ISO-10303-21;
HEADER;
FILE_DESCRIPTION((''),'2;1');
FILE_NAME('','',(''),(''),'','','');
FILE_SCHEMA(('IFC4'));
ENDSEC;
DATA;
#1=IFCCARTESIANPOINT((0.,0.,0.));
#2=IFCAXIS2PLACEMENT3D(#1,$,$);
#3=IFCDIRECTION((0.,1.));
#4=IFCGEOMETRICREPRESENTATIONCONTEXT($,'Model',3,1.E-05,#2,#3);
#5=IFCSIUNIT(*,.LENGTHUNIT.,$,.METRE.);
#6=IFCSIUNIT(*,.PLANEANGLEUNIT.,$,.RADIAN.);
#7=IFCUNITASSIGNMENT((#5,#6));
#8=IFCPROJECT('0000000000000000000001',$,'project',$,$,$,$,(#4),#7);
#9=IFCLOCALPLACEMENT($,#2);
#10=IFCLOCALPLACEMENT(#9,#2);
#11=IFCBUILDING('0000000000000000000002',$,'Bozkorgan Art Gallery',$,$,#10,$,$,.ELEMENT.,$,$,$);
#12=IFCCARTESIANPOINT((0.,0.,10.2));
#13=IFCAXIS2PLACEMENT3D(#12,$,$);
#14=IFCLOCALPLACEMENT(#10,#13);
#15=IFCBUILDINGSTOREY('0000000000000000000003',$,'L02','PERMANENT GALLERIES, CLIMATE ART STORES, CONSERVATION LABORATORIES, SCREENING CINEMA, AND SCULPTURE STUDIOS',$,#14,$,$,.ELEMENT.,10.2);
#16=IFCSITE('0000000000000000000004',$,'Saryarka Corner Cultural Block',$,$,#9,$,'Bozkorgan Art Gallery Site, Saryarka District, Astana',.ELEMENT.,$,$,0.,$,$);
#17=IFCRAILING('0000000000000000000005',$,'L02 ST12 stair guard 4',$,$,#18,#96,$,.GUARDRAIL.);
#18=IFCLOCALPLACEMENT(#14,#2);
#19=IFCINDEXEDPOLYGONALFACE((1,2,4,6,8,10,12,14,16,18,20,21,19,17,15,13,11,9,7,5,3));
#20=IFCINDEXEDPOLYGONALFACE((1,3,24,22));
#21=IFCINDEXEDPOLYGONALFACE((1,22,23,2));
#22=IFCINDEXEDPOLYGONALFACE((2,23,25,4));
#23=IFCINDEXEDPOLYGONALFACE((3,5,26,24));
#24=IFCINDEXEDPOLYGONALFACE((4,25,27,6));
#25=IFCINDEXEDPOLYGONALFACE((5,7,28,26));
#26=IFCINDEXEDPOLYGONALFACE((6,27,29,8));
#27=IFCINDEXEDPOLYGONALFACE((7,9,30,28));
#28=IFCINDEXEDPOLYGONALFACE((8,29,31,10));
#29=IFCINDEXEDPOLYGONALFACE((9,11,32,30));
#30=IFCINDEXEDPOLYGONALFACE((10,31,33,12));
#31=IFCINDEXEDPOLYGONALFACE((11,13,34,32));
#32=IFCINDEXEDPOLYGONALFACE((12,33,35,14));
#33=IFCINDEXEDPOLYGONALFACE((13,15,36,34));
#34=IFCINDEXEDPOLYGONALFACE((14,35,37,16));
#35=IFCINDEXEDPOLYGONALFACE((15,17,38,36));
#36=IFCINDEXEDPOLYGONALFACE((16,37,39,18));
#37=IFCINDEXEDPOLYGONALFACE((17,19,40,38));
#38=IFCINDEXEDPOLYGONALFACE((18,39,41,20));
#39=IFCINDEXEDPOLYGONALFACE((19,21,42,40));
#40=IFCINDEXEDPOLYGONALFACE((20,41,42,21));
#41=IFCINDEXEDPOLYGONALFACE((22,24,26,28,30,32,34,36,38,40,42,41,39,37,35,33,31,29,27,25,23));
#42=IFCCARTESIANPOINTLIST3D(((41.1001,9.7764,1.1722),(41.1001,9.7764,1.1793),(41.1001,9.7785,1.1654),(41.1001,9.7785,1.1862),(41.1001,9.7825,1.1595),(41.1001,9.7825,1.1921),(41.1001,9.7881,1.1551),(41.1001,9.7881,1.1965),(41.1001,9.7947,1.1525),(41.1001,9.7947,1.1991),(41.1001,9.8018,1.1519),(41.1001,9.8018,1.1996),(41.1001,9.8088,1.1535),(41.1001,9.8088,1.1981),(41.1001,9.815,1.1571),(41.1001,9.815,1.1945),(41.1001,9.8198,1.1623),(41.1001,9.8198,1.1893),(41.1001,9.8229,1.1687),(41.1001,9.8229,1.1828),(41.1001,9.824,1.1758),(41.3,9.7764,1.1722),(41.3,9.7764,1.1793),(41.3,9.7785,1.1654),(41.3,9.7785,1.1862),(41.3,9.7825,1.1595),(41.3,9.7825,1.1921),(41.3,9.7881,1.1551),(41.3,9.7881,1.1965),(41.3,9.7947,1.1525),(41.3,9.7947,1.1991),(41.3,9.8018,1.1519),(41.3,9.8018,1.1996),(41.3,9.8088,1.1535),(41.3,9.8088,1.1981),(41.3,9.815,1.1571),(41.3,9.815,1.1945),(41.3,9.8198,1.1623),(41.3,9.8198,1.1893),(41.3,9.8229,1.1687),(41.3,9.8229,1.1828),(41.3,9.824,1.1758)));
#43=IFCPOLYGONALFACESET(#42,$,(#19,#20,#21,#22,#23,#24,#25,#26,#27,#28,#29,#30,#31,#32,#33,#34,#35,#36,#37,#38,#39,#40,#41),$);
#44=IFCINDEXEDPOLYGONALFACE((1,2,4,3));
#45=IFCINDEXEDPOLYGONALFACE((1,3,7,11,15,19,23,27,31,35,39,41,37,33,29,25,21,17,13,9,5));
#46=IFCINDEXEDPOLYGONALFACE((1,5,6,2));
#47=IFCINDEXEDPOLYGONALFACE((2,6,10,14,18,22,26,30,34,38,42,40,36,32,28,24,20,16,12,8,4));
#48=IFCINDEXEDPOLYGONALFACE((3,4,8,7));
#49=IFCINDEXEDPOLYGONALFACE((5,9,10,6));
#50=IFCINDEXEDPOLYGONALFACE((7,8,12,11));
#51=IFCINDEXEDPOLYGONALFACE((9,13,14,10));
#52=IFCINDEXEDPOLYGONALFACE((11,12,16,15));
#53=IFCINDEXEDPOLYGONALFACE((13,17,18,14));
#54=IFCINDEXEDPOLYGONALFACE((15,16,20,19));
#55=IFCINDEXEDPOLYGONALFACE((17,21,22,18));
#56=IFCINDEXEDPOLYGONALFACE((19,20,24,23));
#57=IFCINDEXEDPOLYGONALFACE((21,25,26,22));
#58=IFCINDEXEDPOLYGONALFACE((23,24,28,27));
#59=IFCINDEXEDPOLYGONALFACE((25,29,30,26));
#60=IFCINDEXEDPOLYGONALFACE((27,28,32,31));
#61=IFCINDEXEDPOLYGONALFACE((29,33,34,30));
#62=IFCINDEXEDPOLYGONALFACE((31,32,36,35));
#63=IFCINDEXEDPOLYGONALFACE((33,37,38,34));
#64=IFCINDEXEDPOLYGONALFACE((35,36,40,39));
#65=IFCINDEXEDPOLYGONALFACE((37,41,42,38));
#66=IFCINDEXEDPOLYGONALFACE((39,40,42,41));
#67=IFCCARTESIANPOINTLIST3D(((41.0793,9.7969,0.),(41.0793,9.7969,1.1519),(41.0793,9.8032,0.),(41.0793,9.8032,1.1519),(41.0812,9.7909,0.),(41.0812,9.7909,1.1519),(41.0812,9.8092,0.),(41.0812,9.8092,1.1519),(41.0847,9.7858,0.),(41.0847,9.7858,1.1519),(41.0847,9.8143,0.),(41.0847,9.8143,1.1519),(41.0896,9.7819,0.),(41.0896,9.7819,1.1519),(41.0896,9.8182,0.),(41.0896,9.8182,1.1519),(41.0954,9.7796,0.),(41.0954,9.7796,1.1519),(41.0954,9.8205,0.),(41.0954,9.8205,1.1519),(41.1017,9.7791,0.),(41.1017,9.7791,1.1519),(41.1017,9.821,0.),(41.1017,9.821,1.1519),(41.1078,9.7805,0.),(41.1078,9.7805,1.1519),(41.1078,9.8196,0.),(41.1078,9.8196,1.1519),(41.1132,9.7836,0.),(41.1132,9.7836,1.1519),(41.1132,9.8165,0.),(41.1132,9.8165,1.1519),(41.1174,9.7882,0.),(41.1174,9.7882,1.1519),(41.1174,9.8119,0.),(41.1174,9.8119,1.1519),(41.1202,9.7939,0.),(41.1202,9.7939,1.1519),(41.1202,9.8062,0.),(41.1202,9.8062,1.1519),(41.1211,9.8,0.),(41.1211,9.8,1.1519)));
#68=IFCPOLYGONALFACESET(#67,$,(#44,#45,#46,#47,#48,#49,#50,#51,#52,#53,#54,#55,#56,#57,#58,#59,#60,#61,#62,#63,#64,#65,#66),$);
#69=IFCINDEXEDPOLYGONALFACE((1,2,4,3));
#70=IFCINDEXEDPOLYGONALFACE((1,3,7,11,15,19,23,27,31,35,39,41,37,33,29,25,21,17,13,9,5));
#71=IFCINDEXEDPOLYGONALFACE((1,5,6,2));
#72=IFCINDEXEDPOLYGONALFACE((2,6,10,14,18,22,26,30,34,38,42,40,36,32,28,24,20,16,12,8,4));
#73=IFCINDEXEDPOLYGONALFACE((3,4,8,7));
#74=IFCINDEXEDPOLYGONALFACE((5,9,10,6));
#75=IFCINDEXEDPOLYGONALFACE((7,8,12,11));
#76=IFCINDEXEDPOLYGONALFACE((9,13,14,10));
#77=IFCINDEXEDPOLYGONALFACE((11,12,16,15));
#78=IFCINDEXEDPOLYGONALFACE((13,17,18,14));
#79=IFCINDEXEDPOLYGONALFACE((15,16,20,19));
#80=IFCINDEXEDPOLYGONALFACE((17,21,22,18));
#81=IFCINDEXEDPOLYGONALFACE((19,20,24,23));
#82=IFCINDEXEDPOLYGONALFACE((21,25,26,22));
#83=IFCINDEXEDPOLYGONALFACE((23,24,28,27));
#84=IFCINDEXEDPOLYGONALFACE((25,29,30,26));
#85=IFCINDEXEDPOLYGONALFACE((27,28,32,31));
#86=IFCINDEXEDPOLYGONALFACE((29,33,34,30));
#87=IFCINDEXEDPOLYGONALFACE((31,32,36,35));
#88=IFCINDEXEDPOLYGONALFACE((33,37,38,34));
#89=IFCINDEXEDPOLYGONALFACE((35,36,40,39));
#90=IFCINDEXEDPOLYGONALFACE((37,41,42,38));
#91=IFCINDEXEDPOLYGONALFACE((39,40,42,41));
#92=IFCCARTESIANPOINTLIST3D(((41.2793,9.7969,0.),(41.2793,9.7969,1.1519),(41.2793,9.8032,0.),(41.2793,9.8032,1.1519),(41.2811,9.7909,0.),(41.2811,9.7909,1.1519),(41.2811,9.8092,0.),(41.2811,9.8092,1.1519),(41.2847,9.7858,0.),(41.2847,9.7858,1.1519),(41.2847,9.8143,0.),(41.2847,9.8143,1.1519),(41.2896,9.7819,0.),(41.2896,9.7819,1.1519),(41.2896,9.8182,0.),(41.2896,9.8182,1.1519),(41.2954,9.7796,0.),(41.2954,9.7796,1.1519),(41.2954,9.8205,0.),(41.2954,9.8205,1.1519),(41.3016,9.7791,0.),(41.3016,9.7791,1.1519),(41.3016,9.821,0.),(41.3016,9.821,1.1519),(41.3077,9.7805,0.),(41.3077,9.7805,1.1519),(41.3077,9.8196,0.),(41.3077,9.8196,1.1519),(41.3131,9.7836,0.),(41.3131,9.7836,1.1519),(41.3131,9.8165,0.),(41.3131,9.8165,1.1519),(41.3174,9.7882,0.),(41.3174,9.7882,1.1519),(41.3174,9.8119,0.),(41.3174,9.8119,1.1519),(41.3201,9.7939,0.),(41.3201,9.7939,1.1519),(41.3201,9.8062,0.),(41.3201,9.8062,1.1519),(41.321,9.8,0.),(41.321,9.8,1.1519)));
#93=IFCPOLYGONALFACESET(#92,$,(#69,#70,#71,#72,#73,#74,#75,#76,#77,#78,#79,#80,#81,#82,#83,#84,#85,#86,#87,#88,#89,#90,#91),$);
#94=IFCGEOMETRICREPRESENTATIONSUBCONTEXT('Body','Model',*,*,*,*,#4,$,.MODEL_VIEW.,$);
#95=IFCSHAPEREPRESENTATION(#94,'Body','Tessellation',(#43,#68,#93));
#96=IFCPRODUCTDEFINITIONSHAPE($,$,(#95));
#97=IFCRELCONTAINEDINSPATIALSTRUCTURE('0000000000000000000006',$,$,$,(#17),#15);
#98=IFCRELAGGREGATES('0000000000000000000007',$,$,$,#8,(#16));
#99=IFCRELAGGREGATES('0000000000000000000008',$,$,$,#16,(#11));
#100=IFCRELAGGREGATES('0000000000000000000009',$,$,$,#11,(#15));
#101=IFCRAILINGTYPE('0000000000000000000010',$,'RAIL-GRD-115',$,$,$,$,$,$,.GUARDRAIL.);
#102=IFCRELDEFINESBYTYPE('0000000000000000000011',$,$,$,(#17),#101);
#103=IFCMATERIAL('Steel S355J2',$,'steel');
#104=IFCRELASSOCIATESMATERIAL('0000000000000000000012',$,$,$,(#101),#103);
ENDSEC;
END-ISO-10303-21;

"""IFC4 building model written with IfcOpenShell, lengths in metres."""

from ifc_helpers import new_model, si_unit, direction, frame, origin, origin_2d, place, context, subcontext, project, spatial, circle, extrude, material, type_object, element, save


model = new_model("IFC4")

# Units and contexts
model_context = context("Model", 3, precision=1e-05, world=origin(), true_north=direction((0.0, 1.0)))
body_context = subcontext(model_context, "Body", "Model", "MODEL_VIEW")
ifc_project = project(units=[si_unit("LENGTHUNIT", "METRE"), si_unit("PLANEANGLEUNIT", "RADIAN")], contexts=[model_context])

# Site, building, storey
site_placement = place(None, origin())
site = spatial("IfcSite", under=ifc_project, at=site_placement, Name="Saryarka Corner Cultural Block", LongName="Bozkorgan Art Gallery Site, Saryarka District, Astana", CompositionType="ELEMENT", RefElevation=0.0)
building_placement = place(site_placement, origin())
building = spatial("IfcBuilding", under=site, at=building_placement, Name="Bozkorgan Art Gallery", CompositionType="ELEMENT")
storey_placement = place(building_placement, frame((0.0, 0.0, 10.2)))
storey = spatial("IfcBuildingStorey", under=building, at=storey_placement, Name="L02", Description="PERMANENT GALLERIES, CLIMATE ART STORES, CONSERVATION LABORATORIES, SCREENING CINEMA, AND SCULPTURE STUDIOS", CompositionType="ELEMENT", Elevation=10.2)

# Shared definitions
ifc_material_1 = material(Name="Steel S355J2", Category="steel")

# Railing
railing_type_1 = type_object("IfcRailingType", Name="RAIL-GRD-115", PredefinedType="GUARDRAIL", material=ifc_material_1)
railing_1_placement = place(storey_placement, frame((41.1001, 9.8, 0.0)))
element("IfcRailing", 1, at=railing_1_placement, inside=storey, type_object=railing_type_1, Name="L02 ST12 stair guard 4", PredefinedType="GUARDRAIL", context=body_context, shape_type="SweptSolid", body=[
    extrude(circle(Radius=0.0239, at=origin_2d()), frame((0.0, 0.0, 1.1758), z_axis=(1.0, 0.0, 0.0), x_axis=(0.0, 1.0, 0.0)), (0.0, 0.0, 1.0), 0.2),
    extrude(circle(Radius=0.021, at=origin_2d()), origin(), (0.0, 0.0, 1.0), 1.1519),
    extrude(circle(Radius=0.021, at=origin_2d()), frame((0.2, 0.0, 0.0)), (0.0, 0.0, 1.0), 1.1519),
])

save(model, "model.ifc")
